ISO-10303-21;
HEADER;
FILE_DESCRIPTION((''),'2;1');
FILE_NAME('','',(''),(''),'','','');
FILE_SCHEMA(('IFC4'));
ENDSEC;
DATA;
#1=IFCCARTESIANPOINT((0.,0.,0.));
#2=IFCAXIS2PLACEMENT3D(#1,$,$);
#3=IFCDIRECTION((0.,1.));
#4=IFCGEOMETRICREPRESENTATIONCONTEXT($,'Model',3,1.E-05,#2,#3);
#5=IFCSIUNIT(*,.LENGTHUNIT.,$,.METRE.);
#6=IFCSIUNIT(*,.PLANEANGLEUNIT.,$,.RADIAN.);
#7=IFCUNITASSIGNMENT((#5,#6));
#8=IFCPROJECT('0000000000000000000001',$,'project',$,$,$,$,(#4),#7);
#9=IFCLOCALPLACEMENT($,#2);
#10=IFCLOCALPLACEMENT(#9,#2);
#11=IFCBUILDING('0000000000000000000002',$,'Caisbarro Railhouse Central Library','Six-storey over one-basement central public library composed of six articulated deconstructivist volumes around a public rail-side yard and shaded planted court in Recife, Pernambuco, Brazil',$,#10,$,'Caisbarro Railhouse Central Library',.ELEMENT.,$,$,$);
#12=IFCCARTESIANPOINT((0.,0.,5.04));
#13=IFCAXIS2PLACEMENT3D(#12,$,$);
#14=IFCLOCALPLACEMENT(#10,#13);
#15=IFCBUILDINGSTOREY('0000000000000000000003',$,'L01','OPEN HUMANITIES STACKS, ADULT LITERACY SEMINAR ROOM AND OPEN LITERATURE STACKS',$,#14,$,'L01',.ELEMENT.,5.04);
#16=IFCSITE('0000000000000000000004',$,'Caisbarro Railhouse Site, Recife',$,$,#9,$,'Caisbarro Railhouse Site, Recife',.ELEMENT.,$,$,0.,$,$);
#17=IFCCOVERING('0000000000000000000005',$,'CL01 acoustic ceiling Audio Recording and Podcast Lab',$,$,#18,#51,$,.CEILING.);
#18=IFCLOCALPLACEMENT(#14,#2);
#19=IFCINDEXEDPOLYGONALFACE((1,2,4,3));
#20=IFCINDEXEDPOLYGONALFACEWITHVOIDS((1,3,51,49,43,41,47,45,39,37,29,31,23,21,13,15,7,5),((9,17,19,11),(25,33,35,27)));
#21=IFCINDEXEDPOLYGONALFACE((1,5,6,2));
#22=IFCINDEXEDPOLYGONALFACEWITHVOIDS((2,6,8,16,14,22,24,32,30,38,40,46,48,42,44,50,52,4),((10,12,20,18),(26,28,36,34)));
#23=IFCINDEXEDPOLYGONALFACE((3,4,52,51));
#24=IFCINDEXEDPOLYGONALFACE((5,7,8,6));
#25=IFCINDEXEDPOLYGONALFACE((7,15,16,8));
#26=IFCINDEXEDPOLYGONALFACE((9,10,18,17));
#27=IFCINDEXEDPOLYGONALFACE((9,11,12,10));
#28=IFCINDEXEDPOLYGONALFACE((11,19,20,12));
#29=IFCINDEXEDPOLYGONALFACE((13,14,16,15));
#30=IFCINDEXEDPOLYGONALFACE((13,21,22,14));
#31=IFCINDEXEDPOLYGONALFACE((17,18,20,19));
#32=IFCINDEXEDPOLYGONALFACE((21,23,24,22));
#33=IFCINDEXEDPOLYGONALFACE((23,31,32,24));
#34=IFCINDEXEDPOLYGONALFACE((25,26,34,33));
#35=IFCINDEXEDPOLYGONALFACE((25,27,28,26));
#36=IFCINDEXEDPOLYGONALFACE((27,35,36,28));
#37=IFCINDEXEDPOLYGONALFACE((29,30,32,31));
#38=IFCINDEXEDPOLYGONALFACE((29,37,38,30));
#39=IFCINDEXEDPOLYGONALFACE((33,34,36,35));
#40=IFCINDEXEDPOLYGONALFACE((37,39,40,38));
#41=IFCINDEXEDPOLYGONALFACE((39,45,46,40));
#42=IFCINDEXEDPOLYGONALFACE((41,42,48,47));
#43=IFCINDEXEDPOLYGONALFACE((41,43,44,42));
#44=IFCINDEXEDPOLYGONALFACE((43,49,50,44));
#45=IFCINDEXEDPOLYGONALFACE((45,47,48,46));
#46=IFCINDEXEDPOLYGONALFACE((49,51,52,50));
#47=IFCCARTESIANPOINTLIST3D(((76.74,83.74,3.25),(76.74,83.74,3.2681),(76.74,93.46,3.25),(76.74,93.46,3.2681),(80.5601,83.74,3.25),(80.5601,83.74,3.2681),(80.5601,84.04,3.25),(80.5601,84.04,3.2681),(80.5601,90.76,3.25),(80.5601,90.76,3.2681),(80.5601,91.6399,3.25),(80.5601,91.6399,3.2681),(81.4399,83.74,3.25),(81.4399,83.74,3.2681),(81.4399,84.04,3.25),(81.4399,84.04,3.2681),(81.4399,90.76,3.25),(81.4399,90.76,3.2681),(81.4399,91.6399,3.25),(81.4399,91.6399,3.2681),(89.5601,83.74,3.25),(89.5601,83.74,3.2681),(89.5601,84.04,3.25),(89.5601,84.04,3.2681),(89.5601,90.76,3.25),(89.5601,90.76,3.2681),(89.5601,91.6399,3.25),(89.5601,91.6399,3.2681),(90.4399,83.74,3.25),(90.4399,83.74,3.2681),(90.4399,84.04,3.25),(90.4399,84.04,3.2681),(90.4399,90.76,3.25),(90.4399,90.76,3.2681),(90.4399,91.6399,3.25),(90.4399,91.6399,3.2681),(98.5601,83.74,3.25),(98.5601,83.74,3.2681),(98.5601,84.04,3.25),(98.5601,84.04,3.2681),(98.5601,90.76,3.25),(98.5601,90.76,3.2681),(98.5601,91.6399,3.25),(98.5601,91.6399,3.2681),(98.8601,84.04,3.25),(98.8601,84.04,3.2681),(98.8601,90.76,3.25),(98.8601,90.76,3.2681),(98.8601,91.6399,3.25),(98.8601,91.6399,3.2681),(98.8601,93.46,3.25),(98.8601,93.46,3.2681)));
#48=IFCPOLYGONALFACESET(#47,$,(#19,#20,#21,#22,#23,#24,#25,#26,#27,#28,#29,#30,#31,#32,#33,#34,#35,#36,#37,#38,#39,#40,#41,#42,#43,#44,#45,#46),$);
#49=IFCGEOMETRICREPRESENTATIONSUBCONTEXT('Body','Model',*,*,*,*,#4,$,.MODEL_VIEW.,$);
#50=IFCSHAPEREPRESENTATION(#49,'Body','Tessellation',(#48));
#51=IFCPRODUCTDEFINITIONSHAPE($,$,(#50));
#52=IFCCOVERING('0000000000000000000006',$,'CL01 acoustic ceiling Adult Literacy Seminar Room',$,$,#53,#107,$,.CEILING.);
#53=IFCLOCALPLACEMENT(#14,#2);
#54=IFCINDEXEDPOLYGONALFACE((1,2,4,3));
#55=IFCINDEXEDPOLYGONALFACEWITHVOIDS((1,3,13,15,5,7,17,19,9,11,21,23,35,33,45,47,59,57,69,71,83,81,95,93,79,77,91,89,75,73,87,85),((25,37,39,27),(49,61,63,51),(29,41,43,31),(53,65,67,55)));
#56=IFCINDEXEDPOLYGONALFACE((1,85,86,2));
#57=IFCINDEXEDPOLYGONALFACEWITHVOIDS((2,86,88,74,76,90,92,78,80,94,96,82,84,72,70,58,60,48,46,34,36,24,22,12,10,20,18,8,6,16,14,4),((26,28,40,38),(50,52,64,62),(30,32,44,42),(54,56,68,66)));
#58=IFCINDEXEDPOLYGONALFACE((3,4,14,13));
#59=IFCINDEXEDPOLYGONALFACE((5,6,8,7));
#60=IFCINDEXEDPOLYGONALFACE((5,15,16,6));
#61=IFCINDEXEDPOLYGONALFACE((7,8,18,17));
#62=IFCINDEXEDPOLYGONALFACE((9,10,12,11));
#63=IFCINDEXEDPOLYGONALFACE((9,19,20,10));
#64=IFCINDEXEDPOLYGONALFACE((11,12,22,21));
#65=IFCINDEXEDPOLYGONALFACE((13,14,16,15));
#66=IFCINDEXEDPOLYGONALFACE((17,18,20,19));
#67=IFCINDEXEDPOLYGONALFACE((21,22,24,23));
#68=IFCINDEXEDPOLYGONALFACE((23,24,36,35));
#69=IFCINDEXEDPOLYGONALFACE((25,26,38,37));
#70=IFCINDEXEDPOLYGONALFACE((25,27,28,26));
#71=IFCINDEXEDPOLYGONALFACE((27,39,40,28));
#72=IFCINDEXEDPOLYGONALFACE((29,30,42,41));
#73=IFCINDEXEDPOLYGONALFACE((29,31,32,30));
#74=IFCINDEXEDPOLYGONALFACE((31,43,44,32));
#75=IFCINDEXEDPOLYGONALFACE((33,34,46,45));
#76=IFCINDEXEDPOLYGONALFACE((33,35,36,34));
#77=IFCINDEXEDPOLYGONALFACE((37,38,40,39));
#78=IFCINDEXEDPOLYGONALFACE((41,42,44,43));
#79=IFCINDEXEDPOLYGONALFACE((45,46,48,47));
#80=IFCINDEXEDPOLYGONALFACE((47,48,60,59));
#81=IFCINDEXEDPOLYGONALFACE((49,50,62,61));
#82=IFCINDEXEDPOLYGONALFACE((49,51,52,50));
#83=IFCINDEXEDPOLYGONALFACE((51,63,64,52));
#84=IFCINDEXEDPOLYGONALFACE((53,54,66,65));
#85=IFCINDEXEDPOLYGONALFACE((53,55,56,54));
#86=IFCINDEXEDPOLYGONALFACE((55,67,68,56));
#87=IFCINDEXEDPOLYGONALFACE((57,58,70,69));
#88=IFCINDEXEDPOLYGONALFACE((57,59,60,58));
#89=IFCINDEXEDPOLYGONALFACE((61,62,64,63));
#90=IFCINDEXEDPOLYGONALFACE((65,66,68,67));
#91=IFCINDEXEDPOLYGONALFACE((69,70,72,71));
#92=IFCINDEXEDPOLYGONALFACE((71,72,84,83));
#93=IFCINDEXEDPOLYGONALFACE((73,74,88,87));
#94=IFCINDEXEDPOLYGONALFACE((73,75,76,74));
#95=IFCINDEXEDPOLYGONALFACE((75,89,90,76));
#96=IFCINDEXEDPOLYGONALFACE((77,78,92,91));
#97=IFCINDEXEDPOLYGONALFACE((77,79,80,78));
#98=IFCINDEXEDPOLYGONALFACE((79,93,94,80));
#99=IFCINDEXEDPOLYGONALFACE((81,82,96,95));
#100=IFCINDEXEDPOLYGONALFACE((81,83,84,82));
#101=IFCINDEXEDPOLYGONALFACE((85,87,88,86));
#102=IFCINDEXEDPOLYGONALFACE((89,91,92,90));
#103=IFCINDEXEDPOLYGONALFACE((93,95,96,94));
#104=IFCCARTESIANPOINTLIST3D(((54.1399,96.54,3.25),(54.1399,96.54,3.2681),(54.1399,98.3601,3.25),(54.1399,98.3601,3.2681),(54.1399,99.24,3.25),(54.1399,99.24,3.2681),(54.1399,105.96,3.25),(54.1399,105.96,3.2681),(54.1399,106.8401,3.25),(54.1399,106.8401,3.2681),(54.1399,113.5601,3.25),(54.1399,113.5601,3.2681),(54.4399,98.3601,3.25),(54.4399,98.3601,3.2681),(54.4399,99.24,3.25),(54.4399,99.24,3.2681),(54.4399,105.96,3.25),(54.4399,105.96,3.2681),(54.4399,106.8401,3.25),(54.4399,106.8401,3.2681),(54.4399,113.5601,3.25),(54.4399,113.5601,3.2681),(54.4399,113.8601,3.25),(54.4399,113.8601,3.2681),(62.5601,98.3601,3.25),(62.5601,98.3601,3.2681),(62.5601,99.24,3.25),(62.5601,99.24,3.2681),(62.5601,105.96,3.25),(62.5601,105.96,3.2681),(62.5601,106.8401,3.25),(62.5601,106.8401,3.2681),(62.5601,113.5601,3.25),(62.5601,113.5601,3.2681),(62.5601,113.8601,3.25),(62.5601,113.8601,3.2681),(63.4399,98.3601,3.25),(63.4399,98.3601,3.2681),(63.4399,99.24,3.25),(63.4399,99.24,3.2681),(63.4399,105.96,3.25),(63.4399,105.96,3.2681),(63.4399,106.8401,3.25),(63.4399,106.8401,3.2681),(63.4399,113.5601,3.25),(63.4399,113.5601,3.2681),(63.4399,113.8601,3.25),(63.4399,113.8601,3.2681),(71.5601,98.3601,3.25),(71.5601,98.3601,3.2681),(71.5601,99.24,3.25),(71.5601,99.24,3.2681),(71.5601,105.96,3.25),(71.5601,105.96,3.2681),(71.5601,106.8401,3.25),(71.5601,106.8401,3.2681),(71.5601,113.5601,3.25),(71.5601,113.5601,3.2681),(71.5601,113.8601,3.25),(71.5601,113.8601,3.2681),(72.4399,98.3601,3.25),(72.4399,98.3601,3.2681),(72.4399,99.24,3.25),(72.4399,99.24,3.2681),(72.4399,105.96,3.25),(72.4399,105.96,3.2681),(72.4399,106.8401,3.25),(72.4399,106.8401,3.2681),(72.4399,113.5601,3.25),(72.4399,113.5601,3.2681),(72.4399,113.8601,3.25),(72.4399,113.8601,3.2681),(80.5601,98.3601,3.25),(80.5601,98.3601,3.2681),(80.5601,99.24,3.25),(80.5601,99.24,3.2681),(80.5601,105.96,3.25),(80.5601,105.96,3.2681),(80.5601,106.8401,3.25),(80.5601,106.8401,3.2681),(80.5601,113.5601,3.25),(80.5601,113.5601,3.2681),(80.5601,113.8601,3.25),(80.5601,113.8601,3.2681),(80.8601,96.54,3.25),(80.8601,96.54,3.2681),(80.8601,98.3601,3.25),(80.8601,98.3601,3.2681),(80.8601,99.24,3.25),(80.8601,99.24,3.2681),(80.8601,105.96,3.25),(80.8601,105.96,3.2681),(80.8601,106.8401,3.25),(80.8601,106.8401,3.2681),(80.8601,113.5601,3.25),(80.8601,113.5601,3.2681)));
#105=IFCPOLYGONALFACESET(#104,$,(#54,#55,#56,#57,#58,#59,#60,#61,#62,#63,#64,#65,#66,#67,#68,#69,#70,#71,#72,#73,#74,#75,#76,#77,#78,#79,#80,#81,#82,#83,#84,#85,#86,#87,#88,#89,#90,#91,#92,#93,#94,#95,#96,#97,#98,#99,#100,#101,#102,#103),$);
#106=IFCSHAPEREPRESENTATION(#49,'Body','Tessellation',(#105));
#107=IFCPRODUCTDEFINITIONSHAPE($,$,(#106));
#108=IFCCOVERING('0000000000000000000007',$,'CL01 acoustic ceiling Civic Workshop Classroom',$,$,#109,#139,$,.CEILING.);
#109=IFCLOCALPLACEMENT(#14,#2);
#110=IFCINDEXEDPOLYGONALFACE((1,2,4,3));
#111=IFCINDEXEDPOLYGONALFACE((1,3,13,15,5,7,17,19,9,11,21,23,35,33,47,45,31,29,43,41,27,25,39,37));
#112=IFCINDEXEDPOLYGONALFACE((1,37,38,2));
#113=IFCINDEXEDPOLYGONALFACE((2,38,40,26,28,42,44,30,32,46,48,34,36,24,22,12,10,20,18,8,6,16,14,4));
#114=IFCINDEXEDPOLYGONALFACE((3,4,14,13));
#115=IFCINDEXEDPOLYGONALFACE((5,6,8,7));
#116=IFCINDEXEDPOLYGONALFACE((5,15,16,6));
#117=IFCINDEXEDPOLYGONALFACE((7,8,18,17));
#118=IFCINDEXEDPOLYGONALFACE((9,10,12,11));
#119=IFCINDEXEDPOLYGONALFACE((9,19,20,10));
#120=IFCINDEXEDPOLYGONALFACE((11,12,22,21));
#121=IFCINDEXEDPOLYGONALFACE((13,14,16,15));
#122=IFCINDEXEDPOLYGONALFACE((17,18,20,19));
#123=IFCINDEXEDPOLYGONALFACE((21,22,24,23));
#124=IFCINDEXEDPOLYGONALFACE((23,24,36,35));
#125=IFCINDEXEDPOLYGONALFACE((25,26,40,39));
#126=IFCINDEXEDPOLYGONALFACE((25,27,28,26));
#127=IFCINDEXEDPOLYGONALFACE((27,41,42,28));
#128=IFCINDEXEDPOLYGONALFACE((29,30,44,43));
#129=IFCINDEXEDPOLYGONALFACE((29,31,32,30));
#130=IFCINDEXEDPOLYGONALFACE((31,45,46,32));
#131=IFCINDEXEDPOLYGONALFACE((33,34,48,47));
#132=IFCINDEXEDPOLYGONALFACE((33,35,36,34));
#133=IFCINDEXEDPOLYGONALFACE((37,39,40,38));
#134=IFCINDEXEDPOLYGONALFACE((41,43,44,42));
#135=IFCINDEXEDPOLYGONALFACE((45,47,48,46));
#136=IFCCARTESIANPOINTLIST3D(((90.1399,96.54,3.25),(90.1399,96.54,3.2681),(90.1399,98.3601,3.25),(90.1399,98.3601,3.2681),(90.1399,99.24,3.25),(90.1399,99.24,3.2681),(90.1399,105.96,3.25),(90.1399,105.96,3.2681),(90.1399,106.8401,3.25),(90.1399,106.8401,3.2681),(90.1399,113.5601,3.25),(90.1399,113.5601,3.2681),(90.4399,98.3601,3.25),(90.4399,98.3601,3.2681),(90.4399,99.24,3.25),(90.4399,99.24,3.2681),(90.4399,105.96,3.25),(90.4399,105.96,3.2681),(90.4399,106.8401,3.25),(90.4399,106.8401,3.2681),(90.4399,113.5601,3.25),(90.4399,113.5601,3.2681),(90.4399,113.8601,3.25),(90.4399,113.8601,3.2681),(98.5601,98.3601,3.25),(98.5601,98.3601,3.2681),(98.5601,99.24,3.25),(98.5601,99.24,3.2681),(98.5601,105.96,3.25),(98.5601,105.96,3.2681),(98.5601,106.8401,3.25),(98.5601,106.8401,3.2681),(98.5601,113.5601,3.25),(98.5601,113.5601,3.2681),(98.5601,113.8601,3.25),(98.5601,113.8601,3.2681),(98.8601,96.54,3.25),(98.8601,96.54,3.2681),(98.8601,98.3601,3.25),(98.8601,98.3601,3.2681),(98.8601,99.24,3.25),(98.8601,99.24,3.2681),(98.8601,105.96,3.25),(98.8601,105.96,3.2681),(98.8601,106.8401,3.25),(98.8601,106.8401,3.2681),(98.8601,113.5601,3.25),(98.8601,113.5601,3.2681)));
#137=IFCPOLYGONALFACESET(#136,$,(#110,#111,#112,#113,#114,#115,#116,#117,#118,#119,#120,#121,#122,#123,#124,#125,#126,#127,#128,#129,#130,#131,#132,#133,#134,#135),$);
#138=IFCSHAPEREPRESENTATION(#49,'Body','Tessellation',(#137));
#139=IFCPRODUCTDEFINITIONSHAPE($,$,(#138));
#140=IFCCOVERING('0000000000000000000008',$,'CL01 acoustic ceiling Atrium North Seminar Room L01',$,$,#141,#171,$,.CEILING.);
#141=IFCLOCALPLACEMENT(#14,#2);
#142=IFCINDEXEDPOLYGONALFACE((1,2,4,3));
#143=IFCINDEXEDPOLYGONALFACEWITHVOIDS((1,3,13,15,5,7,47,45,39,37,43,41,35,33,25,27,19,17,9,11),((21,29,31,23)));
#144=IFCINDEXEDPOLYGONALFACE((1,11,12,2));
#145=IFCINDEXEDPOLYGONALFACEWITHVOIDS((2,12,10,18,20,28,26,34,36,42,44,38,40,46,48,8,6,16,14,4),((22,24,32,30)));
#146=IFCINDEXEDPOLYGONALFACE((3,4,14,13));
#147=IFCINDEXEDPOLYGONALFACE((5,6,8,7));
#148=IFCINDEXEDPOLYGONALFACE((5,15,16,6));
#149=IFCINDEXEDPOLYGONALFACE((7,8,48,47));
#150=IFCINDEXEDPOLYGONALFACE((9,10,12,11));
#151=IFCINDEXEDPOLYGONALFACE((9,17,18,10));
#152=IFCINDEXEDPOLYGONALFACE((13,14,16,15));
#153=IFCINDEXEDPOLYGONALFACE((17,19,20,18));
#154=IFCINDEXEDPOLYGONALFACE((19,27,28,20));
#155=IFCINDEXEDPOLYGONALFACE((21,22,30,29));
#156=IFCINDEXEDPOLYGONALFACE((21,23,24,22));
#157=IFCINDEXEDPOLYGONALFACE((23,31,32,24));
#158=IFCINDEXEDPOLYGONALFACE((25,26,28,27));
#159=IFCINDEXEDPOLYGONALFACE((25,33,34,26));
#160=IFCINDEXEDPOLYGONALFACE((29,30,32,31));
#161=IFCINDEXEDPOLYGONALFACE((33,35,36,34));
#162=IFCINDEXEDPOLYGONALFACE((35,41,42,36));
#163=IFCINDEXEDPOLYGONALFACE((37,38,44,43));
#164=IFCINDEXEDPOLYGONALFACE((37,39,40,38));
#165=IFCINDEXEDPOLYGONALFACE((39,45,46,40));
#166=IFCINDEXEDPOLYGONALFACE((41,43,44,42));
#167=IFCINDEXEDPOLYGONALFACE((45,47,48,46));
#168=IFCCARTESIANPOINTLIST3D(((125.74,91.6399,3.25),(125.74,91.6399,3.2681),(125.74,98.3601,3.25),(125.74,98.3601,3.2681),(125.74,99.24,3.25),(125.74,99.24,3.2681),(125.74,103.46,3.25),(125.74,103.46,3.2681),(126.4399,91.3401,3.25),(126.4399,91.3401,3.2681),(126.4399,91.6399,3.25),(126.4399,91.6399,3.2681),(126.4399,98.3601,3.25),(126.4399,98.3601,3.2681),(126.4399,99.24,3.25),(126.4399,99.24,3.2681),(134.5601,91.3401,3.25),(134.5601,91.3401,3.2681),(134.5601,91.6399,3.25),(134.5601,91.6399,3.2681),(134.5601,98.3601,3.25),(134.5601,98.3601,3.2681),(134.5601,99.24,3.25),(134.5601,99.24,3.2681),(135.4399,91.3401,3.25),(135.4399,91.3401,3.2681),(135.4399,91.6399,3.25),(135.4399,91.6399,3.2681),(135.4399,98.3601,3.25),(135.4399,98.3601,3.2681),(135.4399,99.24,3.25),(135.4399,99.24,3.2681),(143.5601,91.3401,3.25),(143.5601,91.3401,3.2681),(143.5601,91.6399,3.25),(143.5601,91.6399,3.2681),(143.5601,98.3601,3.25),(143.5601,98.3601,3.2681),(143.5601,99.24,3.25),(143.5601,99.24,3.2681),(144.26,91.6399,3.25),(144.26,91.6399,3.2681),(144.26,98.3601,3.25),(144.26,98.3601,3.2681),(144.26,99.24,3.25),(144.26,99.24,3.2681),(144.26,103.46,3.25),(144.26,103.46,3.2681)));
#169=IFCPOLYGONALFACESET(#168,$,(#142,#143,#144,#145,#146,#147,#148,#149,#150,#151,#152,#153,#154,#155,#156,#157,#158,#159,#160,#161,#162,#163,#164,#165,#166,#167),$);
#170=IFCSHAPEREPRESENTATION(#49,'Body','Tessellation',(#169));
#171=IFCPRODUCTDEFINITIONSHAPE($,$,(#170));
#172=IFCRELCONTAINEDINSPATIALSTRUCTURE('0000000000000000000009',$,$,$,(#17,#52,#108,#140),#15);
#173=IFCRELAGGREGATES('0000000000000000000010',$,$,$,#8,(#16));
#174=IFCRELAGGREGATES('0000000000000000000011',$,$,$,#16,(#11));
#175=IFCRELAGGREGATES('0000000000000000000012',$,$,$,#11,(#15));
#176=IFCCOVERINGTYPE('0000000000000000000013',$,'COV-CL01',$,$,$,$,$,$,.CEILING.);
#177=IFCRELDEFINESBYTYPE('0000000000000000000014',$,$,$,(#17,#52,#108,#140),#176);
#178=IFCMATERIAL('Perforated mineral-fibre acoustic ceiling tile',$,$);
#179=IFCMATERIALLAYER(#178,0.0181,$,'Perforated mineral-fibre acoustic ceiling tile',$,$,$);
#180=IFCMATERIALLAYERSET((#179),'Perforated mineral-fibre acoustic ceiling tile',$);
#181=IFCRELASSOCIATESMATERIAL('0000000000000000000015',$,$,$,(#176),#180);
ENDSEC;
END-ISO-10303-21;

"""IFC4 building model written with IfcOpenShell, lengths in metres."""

from ifc_helpers import new_model, si_unit, direction, frame, origin, place, context, subcontext, project, spatial, polyline, outline, extrude, material, layer, layer_set, type_object, element, save


model = new_model("IFC4")

# Units and contexts
model_context = context("Model", 3, precision=1e-05, world=origin(), true_north=direction((0.0, 1.0)))
body_context = subcontext(model_context, "Body", "Model", "MODEL_VIEW")
ifc_project = project(units=[si_unit("LENGTHUNIT", "METRE"), si_unit("PLANEANGLEUNIT", "RADIAN")], contexts=[model_context])

# Site, building, storey
site_placement = place(None, origin())
site = spatial("IfcSite", under=ifc_project, at=site_placement, Name="Caisbarro Railhouse Site, Recife", LongName="Caisbarro Railhouse Site, Recife", CompositionType="ELEMENT", RefElevation=0.0)
building_placement = place(site_placement, origin())
building = spatial("IfcBuilding", under=site, at=building_placement, Name="Caisbarro Railhouse Central Library", Description="Six-storey over one-basement central public library composed of six articulated deconstructivist volumes around a public rail-side yard and shaded planted court in Recife, Pernambuco, Brazil", LongName="Caisbarro Railhouse Central Library", CompositionType="ELEMENT")
storey_placement = place(building_placement, frame((0.0, 0.0, 5.04)))
storey = spatial("IfcBuildingStorey", under=building, at=storey_placement, Name="L01", Description="OPEN HUMANITIES STACKS, ADULT LITERACY SEMINAR ROOM AND OPEN LITERATURE STACKS", LongName="L01", CompositionType="ELEMENT", Elevation=5.04)

# Coverings
ifc_material_1 = material(Name="Perforated mineral-fibre acoustic ceiling tile")
ifc_layer_1 = layer(ifc_material_1, 0.0181, Name="Perforated mineral-fibre acoustic ceiling tile")
ifc_layer_set_1 = layer_set([ifc_layer_1], Name="Perforated mineral-fibre acoustic ceiling tile")
covering_type_1 = type_object("IfcCoveringType", Name="COV-CL01", PredefinedType="CEILING", material=ifc_layer_set_1)
covering_1_placement = place(storey_placement, frame((0.0, 0.0, 3.25)))
element("IfcCovering", 1, at=covering_1_placement, inside=storey, type_object=covering_type_1, Name="CL01 acoustic ceiling Audio Recording and Podcast Lab", PredefinedType="CEILING", context=body_context, shape_type="SweptSolid", body=[
    extrude(outline(polyline([(89.5601, 84.04), (89.5601, 83.74), (81.4399, 83.74), (81.4399, 84.04), (80.5601, 84.04), (80.5601, 83.74), (76.74, 83.74), (76.74, 93.46), (98.8601, 93.46), (98.8601, 91.6399), (98.5601, 91.6399), (98.5601, 90.76), (98.8601, 90.76), (98.8601, 84.04), (98.5601, 84.04), (98.5601, 83.74), (90.4399, 83.74), (90.4399, 84.04), (89.5601, 84.04)]), holes=[polyline([(81.4399, 91.6399), (80.5601, 91.6399), (80.5601, 90.76), (81.4399, 90.76), (81.4399, 91.6399)]), polyline([(89.5601, 90.76), (90.4399, 90.76), (90.4399, 91.6399), (89.5601, 91.6399), (89.5601, 90.76)])]), origin(), (0.0, 0.0, 1.0), 0.0181),
])
covering_2_placement = place(storey_placement, frame((0.0, 0.0, 3.25)))
element("IfcCovering", 2, at=covering_2_placement, inside=storey, type_object=covering_type_1, Name="CL01 acoustic ceiling Adult Literacy Seminar Room", PredefinedType="CEILING", context=body_context, shape_type="SweptSolid", body=[
    extrude(outline(polyline([(62.5601, 113.8601), (62.5601, 113.5601), (63.4399, 113.5601), (63.4399, 113.8601), (71.5601, 113.8601), (71.5601, 113.5601), (72.4399, 113.5601), (72.4399, 113.8601), (80.5601, 113.8601), (80.5601, 113.5601), (80.8601, 113.5601), (80.8601, 106.8401), (80.5601, 106.8401), (80.5601, 105.96), (80.8601, 105.96), (80.8601, 99.24), (80.5601, 99.24), (80.5601, 98.3601), (80.8601, 98.3601), (80.8601, 96.54), (54.1399, 96.54), (54.1399, 98.3601), (54.4399, 98.3601), (54.4399, 99.24), (54.1399, 99.24), (54.1399, 105.96), (54.4399, 105.96), (54.4399, 106.8401), (54.1399, 106.8401), (54.1399, 113.5601), (54.4399, 113.5601), (54.4399, 113.8601), (62.5601, 113.8601)]), holes=[polyline([(63.4399, 99.24), (62.5601, 99.24), (62.5601, 98.3601), (63.4399, 98.3601), (63.4399, 99.24)]), polyline([(63.4399, 105.96), (63.4399, 106.8401), (62.5601, 106.8401), (62.5601, 105.96), (63.4399, 105.96)]), polyline([(71.5601, 99.24), (71.5601, 98.3601), (72.4399, 98.3601), (72.4399, 99.24), (71.5601, 99.24)]), polyline([(72.4399, 106.8401), (71.5601, 106.8401), (71.5601, 105.96), (72.4399, 105.96), (72.4399, 106.8401)])]), origin(), (0.0, 0.0, 1.0), 0.0181),
])
covering_3_placement = place(storey_placement, frame((0.0, 0.0, 3.25)))
element("IfcCovering", 3, at=covering_3_placement, inside=storey, type_object=covering_type_1, Name="CL01 acoustic ceiling Civic Workshop Classroom", PredefinedType="CEILING", context=body_context, shape_type="SweptSolid", body=[
    extrude(outline(polyline([(90.4399, 105.96), (90.4399, 106.8401), (90.1399, 106.8401), (90.1399, 113.5601), (90.4399, 113.5601), (90.4399, 113.8601), (98.5601, 113.8601), (98.5601, 113.5601), (98.8601, 113.5601), (98.8601, 106.8401), (98.5601, 106.8401), (98.5601, 105.96), (98.8601, 105.96), (98.8601, 99.24), (98.5601, 99.24), (98.5601, 98.3601), (98.8601, 98.3601), (98.8601, 96.54), (90.1399, 96.54), (90.1399, 98.3601), (90.4399, 98.3601), (90.4399, 99.24), (90.1399, 99.24), (90.1399, 105.96), (90.4399, 105.96)])), origin(), (0.0, 0.0, 1.0), 0.0181),
])
covering_4_placement = place(storey_placement, frame((0.0, 0.0, 3.25)))
element("IfcCovering", 4, at=covering_4_placement, inside=storey, type_object=covering_type_1, Name="CL01 acoustic ceiling Atrium North Seminar Room L01", PredefinedType="CEILING", context=body_context, shape_type="SweptSolid", body=[
    extrude(outline(polyline([(134.5601, 91.6399), (134.5601, 91.3401), (126.4399, 91.3401), (126.4399, 91.6399), (125.74, 91.6399), (125.74, 98.3601), (126.4399, 98.3601), (126.4399, 99.24), (125.74, 99.24), (125.74, 103.46), (144.26, 103.46), (144.26, 99.24), (143.5601, 99.24), (143.5601, 98.3601), (144.26, 98.3601), (144.26, 91.6399), (143.5601, 91.6399), (143.5601, 91.3401), (135.4399, 91.3401), (135.4399, 91.6399), (134.5601, 91.6399)]), holes=[polyline([(134.5601, 98.3601), (135.4399, 98.3601), (135.4399, 99.24), (134.5601, 99.24), (134.5601, 98.3601)])]), origin(), (0.0, 0.0, 1.0), 0.0181),
])

save(model, "model.ifc")
